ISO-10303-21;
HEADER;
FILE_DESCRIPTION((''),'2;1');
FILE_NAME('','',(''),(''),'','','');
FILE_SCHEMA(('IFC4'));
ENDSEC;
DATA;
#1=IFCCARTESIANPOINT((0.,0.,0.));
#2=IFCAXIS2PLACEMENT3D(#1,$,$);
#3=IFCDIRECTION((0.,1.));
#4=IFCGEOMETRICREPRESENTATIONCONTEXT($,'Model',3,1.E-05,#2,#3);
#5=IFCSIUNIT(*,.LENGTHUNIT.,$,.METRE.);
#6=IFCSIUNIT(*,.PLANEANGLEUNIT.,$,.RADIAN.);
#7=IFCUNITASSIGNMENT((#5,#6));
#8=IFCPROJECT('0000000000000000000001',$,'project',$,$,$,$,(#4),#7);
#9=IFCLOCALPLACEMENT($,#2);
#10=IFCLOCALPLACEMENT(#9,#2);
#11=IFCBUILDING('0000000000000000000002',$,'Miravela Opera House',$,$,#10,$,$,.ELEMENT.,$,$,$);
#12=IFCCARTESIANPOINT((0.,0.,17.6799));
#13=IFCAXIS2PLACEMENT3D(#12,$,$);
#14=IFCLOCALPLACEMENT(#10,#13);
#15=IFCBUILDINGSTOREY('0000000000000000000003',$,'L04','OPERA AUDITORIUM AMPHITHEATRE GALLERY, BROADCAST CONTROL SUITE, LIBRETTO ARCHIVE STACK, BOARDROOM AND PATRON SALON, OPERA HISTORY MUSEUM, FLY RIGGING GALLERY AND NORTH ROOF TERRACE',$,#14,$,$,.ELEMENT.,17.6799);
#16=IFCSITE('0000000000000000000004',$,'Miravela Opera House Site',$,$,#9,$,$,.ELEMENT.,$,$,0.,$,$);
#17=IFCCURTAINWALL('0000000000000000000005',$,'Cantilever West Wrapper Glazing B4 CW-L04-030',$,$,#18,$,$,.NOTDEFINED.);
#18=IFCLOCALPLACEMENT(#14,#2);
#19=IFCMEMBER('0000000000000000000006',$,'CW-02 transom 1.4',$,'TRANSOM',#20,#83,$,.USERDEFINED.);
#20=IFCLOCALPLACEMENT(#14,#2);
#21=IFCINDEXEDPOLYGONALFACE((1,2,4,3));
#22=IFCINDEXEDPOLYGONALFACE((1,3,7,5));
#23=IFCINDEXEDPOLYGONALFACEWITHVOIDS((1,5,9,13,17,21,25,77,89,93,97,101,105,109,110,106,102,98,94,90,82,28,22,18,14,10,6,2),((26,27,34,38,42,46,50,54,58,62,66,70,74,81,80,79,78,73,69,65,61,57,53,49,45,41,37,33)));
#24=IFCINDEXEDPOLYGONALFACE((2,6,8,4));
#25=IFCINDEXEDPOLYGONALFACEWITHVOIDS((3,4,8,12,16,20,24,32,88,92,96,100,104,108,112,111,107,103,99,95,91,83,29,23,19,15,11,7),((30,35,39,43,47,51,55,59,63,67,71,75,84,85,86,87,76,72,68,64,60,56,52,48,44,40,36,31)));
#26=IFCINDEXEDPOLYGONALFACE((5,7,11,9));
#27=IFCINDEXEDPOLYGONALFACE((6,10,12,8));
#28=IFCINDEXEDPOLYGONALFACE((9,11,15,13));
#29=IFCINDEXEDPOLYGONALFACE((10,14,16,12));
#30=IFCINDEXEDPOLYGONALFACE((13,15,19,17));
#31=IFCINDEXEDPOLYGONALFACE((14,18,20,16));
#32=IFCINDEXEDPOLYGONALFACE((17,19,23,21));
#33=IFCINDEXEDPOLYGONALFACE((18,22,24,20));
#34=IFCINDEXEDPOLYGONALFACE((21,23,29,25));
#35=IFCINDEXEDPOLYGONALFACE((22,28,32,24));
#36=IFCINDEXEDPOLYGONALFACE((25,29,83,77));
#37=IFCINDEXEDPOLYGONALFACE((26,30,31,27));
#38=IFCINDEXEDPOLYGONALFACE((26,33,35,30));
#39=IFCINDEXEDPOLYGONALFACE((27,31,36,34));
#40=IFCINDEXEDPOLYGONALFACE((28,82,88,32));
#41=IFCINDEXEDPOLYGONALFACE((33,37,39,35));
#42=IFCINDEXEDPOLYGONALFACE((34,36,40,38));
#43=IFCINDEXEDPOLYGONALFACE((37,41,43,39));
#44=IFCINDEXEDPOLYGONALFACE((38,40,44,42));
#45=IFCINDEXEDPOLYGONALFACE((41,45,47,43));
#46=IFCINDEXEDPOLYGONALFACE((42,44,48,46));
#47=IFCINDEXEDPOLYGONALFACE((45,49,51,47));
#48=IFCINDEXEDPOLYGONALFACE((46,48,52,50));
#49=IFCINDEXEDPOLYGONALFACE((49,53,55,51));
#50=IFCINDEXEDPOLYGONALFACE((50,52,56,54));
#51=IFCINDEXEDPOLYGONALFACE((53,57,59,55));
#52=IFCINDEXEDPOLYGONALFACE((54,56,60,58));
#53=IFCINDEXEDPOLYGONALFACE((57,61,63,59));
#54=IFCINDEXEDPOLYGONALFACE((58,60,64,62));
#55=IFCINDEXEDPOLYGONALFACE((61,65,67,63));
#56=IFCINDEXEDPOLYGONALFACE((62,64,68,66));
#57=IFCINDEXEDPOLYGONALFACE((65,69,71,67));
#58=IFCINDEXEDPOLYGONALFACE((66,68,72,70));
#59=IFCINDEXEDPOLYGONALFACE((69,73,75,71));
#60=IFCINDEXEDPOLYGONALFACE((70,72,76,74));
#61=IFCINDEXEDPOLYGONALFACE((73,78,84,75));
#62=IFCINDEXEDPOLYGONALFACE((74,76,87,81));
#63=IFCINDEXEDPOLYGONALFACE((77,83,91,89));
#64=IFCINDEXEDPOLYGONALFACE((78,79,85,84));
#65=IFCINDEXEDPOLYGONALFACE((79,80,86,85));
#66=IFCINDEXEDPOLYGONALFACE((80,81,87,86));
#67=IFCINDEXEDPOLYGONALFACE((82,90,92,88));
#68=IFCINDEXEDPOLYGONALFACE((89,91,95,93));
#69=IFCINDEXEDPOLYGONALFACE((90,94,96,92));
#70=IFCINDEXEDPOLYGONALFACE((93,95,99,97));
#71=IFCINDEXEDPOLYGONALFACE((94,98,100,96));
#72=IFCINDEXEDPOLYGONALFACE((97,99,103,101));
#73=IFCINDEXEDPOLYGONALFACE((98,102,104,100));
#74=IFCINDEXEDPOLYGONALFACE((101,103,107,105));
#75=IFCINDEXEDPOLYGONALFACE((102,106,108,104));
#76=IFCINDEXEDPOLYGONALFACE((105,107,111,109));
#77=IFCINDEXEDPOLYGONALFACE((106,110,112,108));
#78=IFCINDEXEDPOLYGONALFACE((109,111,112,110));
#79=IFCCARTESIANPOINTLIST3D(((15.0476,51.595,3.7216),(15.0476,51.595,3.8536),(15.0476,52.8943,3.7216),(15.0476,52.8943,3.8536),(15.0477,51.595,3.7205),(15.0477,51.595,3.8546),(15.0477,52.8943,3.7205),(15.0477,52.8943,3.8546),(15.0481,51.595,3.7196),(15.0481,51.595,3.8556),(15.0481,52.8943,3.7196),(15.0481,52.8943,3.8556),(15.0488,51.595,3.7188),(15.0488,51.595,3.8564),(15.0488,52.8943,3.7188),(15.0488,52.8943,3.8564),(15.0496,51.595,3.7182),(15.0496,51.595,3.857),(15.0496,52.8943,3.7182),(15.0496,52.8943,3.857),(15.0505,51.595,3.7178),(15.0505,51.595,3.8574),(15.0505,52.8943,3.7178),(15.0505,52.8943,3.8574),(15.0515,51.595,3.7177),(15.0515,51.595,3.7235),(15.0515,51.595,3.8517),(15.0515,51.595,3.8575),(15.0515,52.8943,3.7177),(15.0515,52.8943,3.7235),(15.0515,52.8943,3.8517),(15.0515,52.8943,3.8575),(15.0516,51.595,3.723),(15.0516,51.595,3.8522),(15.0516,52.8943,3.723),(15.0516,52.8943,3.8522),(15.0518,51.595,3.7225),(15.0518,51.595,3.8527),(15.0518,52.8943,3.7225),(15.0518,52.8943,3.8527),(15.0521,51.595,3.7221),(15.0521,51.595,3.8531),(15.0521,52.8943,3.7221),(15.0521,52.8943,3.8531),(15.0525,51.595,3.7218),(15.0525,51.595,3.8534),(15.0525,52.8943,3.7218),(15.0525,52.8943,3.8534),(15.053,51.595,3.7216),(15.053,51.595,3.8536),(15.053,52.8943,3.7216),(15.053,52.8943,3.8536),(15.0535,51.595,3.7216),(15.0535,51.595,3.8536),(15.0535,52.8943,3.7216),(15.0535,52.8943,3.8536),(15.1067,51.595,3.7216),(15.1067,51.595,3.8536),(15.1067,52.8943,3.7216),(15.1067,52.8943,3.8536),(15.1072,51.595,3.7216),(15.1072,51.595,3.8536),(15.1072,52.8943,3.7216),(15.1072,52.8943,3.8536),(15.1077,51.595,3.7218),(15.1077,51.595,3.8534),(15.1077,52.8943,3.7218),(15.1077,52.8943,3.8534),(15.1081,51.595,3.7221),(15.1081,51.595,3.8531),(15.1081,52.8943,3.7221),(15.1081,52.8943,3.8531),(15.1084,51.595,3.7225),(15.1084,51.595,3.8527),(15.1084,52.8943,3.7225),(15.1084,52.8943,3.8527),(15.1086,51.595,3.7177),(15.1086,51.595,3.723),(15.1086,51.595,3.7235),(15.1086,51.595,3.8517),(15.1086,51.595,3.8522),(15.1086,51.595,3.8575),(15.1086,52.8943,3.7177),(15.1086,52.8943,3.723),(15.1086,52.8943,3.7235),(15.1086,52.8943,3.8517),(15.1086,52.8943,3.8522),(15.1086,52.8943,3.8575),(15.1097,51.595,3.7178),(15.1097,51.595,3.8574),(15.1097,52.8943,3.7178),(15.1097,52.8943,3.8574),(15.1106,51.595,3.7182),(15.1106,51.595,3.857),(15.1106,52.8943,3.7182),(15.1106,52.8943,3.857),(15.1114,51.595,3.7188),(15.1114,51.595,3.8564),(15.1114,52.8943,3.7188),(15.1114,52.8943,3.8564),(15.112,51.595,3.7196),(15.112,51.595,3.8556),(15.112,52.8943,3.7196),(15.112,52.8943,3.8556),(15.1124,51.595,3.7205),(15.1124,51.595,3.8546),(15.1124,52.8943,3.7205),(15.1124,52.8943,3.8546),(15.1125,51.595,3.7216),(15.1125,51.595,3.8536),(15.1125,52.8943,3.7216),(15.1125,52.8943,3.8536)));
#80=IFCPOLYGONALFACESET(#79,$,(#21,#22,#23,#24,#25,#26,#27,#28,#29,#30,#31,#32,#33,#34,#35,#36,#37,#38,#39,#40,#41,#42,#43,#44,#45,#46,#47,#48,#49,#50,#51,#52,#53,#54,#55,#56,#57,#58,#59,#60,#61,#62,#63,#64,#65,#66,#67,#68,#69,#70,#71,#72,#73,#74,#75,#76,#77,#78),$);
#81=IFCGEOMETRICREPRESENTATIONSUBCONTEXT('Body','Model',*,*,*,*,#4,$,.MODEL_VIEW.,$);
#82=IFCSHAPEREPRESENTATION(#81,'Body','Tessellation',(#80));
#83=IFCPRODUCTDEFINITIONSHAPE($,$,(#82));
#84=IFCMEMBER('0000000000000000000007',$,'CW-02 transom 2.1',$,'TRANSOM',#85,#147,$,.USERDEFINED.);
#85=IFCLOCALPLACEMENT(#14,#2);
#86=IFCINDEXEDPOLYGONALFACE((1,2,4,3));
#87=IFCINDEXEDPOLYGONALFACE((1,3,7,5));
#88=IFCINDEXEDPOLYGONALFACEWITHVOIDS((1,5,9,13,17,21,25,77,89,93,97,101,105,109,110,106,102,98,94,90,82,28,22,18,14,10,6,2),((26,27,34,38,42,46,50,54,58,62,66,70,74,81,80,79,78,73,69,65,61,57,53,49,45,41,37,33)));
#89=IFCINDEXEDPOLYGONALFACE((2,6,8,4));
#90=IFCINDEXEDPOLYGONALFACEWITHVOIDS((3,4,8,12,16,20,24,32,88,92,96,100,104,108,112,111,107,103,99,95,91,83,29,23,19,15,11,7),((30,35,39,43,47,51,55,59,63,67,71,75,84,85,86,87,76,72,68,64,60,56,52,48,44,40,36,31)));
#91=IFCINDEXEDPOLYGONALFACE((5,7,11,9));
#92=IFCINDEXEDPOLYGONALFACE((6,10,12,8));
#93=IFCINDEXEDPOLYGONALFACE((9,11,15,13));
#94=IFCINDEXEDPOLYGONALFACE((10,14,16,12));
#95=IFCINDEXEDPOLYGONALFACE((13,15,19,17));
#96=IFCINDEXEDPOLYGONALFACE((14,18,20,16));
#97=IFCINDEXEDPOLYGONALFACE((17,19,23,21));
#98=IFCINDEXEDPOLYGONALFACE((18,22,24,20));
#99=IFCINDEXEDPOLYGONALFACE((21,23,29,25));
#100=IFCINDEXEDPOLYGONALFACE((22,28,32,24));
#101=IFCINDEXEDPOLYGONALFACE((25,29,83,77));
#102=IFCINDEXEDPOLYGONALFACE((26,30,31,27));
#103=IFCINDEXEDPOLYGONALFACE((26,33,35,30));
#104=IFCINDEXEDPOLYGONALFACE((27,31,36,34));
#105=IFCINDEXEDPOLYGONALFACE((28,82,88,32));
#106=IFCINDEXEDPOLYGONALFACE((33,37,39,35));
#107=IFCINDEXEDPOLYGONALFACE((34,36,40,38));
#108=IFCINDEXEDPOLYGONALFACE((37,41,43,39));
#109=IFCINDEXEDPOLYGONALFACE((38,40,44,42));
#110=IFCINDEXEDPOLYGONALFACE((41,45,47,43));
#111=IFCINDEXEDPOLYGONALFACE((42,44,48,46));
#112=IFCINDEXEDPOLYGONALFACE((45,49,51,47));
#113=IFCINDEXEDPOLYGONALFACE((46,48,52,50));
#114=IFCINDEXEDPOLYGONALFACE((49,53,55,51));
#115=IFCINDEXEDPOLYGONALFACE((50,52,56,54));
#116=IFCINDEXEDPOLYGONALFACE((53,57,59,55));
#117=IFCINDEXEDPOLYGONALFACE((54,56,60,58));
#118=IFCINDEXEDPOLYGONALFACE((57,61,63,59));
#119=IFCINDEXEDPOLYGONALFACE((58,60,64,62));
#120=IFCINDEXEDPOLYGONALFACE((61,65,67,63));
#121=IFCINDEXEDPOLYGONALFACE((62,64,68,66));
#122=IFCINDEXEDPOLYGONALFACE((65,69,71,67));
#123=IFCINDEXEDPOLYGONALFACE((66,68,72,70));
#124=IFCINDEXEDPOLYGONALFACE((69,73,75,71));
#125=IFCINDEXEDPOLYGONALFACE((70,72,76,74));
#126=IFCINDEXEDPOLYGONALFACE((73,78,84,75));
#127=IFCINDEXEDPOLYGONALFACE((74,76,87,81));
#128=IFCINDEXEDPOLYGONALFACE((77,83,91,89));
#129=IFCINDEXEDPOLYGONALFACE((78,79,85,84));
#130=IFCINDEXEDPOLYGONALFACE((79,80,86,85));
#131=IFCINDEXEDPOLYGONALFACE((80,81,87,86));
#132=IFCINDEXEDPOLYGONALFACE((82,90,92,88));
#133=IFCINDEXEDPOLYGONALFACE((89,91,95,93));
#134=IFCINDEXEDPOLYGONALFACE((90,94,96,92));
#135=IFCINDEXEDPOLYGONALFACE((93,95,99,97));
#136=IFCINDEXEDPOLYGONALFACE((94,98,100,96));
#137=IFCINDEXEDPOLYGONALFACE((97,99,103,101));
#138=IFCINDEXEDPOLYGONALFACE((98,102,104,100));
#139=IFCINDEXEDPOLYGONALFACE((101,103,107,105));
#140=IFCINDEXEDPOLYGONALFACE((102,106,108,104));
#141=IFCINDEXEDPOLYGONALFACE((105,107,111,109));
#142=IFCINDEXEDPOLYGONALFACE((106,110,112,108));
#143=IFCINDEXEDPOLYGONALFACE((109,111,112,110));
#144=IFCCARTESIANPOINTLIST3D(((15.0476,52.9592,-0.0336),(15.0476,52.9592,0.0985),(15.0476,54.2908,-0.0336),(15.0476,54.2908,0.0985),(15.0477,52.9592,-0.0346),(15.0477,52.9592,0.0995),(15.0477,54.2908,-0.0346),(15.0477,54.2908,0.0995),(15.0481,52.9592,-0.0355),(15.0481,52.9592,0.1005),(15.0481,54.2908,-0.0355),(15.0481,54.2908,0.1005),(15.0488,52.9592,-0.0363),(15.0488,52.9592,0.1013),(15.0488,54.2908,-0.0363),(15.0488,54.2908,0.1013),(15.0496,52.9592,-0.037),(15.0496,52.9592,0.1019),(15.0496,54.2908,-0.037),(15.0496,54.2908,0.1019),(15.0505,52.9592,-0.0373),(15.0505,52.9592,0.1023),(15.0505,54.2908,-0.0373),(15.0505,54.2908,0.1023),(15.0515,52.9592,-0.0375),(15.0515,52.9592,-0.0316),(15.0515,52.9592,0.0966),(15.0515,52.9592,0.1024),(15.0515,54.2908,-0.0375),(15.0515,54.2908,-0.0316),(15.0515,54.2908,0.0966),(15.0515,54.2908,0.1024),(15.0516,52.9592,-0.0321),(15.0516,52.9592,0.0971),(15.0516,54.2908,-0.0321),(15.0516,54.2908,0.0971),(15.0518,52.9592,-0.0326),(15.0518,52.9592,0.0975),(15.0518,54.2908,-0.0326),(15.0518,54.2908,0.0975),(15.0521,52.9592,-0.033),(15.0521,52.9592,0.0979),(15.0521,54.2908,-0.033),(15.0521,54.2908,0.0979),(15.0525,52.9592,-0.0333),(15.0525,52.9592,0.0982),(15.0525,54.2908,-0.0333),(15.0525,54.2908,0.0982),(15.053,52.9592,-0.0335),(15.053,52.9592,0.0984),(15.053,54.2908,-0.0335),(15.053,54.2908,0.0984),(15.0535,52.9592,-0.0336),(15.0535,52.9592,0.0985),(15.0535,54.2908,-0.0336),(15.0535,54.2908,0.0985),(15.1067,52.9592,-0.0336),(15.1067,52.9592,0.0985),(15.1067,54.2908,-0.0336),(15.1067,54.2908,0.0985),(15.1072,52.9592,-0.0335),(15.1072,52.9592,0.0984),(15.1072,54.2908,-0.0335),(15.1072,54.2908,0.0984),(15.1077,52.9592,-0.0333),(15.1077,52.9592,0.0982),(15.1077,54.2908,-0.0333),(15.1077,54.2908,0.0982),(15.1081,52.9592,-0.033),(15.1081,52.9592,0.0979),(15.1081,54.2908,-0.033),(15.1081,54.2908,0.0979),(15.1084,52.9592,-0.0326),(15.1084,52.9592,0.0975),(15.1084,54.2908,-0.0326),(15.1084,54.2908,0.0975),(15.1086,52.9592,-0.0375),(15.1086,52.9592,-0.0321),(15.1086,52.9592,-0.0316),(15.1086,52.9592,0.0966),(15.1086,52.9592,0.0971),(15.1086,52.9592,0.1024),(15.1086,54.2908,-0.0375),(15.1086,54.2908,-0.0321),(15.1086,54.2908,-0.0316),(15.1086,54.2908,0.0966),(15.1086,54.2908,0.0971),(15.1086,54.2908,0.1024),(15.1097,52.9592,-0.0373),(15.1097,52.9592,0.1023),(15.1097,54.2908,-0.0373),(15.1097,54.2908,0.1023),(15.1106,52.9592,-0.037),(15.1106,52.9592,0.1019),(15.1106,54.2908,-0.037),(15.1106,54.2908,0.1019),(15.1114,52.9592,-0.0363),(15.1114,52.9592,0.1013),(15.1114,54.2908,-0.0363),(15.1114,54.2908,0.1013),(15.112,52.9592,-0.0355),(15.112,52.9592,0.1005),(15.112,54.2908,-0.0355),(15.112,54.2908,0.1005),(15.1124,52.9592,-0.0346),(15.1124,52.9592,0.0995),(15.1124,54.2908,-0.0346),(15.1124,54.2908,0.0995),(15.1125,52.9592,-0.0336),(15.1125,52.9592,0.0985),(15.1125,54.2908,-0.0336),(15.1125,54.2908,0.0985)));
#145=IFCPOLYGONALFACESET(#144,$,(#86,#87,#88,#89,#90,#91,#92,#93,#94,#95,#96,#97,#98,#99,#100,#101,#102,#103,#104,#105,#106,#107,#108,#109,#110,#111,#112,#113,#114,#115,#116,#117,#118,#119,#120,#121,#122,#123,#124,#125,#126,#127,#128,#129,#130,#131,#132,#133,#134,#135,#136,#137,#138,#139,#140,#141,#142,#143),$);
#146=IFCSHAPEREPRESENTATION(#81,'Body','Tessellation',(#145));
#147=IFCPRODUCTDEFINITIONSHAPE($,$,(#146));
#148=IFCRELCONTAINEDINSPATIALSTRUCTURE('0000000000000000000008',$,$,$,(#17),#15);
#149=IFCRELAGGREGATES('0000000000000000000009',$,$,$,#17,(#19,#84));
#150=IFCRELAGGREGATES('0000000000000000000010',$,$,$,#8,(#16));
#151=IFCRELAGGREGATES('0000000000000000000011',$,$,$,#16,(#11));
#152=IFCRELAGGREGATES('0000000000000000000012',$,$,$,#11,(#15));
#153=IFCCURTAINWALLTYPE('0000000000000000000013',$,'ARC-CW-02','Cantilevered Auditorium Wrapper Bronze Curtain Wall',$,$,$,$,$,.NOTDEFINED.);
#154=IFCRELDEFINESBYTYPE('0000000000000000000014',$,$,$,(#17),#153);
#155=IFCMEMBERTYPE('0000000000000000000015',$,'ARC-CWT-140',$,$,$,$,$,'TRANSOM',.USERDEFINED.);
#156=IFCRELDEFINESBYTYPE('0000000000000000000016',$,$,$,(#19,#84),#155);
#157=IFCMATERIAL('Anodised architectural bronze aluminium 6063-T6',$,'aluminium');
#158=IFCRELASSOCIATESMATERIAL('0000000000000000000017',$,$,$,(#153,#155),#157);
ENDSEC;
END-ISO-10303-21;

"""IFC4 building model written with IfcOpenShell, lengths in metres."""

from ifc_helpers import new_model, si_unit, direction, frame, origin, origin_2d, place, context, subcontext, project, spatial, hollow_rectangle, extrude, material, material_profile, profile_set, type_object, element, aggregate, save


model = new_model("IFC4")

# Units and contexts
model_context = context("Model", 3, precision=1e-05, world=origin(), true_north=direction((0.0, 1.0)))
body_context = subcontext(model_context, "Body", "Model", "MODEL_VIEW")
ifc_project = project(units=[si_unit("LENGTHUNIT", "METRE"), si_unit("PLANEANGLEUNIT", "RADIAN")], contexts=[model_context])

# Site, building, storey
site_placement = place(None, origin())
site = spatial("IfcSite", under=ifc_project, at=site_placement, Name="Miravela Opera House Site", CompositionType="ELEMENT", RefElevation=0.0)
building_placement = place(site_placement, origin())
building = spatial("IfcBuilding", under=site, at=building_placement, Name="Miravela Opera House", CompositionType="ELEMENT")
storey_placement = place(building_placement, frame((0.0, 0.0, 17.6799)))
storey = spatial("IfcBuildingStorey", under=building, at=storey_placement, Name="L04", Description="OPERA AUDITORIUM AMPHITHEATRE GALLERY, BROADCAST CONTROL SUITE, LIBRETTO ARCHIVE STACK, BOARDROOM AND PATRON SALON, OPERA HISTORY MUSEUM, FLY RIGGING GALLERY AND NORTH ROOF TERRACE", CompositionType="ELEMENT", Elevation=17.6799)

# Curtain wall, members
ifc_material_1 = material(Name="Anodised architectural bronze aluminium 6063-T6", Category="aluminium")
curtain_wall_type = type_object("IfcCurtainWallType", Name="ARC-CW-02", Description="Cantilevered Auditorium Wrapper Bronze Curtain Wall", PredefinedType="NOTDEFINED", material=ifc_material_1)
curtain_wall_placement = place(storey_placement, origin())
curtain_wall = element("IfcCurtainWall", 1, at=curtain_wall_placement, inside=storey, type_object=curtain_wall_type, Name="Cantilever West Wrapper Glazing B4 CW-L04-030", PredefinedType="NOTDEFINED")
ifc_material_profile_1 = material_profile(ifc_material_1, hollow_rectangle(XDim=0.0649, YDim=0.1399, WallThickness=0.0039, InnerFilletRadius=0.002, OuterFilletRadius=0.0039, at=origin_2d()), Name="CWT-65X140")
ifc_profile_set_1 = profile_set([ifc_material_profile_1])
member_type_1 = type_object("IfcMemberType", Name="ARC-CWT-140", ElementType="TRANSOM", PredefinedType="USERDEFINED", material=ifc_profile_set_1)
member_1_placement = place(storey_placement, frame((15.0801, 51.595, 3.7876), z_axis=(0.0, 1.0, 0.0), x_axis=(-1.0, 0.0, 0.0)))
member_1 = element("IfcMember", 2, at=member_1_placement, type_object=member_type_1, Name="CW-02 transom 1.4", ObjectType="TRANSOM", PredefinedType="USERDEFINED", context=body_context, shape_type="SweptSolid", body=[
    extrude(hollow_rectangle(XDim=0.0649, YDim=0.1399, WallThickness=0.0039, InnerFilletRadius=0.002, OuterFilletRadius=0.0039, at=origin_2d()), origin(), (0.0, 0.0, 1.0), 1.2993),
])
member_2_placement = place(storey_placement, frame((15.0801, 52.9592, 0.0325), z_axis=(0.0, 1.0, 0.0), x_axis=(-1.0, 0.0, 0.0)))
member_2 = element("IfcMember", 3, at=member_2_placement, type_object=member_type_1, Name="CW-02 transom 2.1", ObjectType="TRANSOM", PredefinedType="USERDEFINED", context=body_context, shape_type="SweptSolid", body=[
    extrude(hollow_rectangle(XDim=0.0649, YDim=0.1399, WallThickness=0.0039, InnerFilletRadius=0.002, OuterFilletRadius=0.0039, at=origin_2d()), origin(), (0.0, 0.0, 1.0), 1.3315),
])

aggregate(curtain_wall, [member_1, member_2])

save(model, "model.ifc")
